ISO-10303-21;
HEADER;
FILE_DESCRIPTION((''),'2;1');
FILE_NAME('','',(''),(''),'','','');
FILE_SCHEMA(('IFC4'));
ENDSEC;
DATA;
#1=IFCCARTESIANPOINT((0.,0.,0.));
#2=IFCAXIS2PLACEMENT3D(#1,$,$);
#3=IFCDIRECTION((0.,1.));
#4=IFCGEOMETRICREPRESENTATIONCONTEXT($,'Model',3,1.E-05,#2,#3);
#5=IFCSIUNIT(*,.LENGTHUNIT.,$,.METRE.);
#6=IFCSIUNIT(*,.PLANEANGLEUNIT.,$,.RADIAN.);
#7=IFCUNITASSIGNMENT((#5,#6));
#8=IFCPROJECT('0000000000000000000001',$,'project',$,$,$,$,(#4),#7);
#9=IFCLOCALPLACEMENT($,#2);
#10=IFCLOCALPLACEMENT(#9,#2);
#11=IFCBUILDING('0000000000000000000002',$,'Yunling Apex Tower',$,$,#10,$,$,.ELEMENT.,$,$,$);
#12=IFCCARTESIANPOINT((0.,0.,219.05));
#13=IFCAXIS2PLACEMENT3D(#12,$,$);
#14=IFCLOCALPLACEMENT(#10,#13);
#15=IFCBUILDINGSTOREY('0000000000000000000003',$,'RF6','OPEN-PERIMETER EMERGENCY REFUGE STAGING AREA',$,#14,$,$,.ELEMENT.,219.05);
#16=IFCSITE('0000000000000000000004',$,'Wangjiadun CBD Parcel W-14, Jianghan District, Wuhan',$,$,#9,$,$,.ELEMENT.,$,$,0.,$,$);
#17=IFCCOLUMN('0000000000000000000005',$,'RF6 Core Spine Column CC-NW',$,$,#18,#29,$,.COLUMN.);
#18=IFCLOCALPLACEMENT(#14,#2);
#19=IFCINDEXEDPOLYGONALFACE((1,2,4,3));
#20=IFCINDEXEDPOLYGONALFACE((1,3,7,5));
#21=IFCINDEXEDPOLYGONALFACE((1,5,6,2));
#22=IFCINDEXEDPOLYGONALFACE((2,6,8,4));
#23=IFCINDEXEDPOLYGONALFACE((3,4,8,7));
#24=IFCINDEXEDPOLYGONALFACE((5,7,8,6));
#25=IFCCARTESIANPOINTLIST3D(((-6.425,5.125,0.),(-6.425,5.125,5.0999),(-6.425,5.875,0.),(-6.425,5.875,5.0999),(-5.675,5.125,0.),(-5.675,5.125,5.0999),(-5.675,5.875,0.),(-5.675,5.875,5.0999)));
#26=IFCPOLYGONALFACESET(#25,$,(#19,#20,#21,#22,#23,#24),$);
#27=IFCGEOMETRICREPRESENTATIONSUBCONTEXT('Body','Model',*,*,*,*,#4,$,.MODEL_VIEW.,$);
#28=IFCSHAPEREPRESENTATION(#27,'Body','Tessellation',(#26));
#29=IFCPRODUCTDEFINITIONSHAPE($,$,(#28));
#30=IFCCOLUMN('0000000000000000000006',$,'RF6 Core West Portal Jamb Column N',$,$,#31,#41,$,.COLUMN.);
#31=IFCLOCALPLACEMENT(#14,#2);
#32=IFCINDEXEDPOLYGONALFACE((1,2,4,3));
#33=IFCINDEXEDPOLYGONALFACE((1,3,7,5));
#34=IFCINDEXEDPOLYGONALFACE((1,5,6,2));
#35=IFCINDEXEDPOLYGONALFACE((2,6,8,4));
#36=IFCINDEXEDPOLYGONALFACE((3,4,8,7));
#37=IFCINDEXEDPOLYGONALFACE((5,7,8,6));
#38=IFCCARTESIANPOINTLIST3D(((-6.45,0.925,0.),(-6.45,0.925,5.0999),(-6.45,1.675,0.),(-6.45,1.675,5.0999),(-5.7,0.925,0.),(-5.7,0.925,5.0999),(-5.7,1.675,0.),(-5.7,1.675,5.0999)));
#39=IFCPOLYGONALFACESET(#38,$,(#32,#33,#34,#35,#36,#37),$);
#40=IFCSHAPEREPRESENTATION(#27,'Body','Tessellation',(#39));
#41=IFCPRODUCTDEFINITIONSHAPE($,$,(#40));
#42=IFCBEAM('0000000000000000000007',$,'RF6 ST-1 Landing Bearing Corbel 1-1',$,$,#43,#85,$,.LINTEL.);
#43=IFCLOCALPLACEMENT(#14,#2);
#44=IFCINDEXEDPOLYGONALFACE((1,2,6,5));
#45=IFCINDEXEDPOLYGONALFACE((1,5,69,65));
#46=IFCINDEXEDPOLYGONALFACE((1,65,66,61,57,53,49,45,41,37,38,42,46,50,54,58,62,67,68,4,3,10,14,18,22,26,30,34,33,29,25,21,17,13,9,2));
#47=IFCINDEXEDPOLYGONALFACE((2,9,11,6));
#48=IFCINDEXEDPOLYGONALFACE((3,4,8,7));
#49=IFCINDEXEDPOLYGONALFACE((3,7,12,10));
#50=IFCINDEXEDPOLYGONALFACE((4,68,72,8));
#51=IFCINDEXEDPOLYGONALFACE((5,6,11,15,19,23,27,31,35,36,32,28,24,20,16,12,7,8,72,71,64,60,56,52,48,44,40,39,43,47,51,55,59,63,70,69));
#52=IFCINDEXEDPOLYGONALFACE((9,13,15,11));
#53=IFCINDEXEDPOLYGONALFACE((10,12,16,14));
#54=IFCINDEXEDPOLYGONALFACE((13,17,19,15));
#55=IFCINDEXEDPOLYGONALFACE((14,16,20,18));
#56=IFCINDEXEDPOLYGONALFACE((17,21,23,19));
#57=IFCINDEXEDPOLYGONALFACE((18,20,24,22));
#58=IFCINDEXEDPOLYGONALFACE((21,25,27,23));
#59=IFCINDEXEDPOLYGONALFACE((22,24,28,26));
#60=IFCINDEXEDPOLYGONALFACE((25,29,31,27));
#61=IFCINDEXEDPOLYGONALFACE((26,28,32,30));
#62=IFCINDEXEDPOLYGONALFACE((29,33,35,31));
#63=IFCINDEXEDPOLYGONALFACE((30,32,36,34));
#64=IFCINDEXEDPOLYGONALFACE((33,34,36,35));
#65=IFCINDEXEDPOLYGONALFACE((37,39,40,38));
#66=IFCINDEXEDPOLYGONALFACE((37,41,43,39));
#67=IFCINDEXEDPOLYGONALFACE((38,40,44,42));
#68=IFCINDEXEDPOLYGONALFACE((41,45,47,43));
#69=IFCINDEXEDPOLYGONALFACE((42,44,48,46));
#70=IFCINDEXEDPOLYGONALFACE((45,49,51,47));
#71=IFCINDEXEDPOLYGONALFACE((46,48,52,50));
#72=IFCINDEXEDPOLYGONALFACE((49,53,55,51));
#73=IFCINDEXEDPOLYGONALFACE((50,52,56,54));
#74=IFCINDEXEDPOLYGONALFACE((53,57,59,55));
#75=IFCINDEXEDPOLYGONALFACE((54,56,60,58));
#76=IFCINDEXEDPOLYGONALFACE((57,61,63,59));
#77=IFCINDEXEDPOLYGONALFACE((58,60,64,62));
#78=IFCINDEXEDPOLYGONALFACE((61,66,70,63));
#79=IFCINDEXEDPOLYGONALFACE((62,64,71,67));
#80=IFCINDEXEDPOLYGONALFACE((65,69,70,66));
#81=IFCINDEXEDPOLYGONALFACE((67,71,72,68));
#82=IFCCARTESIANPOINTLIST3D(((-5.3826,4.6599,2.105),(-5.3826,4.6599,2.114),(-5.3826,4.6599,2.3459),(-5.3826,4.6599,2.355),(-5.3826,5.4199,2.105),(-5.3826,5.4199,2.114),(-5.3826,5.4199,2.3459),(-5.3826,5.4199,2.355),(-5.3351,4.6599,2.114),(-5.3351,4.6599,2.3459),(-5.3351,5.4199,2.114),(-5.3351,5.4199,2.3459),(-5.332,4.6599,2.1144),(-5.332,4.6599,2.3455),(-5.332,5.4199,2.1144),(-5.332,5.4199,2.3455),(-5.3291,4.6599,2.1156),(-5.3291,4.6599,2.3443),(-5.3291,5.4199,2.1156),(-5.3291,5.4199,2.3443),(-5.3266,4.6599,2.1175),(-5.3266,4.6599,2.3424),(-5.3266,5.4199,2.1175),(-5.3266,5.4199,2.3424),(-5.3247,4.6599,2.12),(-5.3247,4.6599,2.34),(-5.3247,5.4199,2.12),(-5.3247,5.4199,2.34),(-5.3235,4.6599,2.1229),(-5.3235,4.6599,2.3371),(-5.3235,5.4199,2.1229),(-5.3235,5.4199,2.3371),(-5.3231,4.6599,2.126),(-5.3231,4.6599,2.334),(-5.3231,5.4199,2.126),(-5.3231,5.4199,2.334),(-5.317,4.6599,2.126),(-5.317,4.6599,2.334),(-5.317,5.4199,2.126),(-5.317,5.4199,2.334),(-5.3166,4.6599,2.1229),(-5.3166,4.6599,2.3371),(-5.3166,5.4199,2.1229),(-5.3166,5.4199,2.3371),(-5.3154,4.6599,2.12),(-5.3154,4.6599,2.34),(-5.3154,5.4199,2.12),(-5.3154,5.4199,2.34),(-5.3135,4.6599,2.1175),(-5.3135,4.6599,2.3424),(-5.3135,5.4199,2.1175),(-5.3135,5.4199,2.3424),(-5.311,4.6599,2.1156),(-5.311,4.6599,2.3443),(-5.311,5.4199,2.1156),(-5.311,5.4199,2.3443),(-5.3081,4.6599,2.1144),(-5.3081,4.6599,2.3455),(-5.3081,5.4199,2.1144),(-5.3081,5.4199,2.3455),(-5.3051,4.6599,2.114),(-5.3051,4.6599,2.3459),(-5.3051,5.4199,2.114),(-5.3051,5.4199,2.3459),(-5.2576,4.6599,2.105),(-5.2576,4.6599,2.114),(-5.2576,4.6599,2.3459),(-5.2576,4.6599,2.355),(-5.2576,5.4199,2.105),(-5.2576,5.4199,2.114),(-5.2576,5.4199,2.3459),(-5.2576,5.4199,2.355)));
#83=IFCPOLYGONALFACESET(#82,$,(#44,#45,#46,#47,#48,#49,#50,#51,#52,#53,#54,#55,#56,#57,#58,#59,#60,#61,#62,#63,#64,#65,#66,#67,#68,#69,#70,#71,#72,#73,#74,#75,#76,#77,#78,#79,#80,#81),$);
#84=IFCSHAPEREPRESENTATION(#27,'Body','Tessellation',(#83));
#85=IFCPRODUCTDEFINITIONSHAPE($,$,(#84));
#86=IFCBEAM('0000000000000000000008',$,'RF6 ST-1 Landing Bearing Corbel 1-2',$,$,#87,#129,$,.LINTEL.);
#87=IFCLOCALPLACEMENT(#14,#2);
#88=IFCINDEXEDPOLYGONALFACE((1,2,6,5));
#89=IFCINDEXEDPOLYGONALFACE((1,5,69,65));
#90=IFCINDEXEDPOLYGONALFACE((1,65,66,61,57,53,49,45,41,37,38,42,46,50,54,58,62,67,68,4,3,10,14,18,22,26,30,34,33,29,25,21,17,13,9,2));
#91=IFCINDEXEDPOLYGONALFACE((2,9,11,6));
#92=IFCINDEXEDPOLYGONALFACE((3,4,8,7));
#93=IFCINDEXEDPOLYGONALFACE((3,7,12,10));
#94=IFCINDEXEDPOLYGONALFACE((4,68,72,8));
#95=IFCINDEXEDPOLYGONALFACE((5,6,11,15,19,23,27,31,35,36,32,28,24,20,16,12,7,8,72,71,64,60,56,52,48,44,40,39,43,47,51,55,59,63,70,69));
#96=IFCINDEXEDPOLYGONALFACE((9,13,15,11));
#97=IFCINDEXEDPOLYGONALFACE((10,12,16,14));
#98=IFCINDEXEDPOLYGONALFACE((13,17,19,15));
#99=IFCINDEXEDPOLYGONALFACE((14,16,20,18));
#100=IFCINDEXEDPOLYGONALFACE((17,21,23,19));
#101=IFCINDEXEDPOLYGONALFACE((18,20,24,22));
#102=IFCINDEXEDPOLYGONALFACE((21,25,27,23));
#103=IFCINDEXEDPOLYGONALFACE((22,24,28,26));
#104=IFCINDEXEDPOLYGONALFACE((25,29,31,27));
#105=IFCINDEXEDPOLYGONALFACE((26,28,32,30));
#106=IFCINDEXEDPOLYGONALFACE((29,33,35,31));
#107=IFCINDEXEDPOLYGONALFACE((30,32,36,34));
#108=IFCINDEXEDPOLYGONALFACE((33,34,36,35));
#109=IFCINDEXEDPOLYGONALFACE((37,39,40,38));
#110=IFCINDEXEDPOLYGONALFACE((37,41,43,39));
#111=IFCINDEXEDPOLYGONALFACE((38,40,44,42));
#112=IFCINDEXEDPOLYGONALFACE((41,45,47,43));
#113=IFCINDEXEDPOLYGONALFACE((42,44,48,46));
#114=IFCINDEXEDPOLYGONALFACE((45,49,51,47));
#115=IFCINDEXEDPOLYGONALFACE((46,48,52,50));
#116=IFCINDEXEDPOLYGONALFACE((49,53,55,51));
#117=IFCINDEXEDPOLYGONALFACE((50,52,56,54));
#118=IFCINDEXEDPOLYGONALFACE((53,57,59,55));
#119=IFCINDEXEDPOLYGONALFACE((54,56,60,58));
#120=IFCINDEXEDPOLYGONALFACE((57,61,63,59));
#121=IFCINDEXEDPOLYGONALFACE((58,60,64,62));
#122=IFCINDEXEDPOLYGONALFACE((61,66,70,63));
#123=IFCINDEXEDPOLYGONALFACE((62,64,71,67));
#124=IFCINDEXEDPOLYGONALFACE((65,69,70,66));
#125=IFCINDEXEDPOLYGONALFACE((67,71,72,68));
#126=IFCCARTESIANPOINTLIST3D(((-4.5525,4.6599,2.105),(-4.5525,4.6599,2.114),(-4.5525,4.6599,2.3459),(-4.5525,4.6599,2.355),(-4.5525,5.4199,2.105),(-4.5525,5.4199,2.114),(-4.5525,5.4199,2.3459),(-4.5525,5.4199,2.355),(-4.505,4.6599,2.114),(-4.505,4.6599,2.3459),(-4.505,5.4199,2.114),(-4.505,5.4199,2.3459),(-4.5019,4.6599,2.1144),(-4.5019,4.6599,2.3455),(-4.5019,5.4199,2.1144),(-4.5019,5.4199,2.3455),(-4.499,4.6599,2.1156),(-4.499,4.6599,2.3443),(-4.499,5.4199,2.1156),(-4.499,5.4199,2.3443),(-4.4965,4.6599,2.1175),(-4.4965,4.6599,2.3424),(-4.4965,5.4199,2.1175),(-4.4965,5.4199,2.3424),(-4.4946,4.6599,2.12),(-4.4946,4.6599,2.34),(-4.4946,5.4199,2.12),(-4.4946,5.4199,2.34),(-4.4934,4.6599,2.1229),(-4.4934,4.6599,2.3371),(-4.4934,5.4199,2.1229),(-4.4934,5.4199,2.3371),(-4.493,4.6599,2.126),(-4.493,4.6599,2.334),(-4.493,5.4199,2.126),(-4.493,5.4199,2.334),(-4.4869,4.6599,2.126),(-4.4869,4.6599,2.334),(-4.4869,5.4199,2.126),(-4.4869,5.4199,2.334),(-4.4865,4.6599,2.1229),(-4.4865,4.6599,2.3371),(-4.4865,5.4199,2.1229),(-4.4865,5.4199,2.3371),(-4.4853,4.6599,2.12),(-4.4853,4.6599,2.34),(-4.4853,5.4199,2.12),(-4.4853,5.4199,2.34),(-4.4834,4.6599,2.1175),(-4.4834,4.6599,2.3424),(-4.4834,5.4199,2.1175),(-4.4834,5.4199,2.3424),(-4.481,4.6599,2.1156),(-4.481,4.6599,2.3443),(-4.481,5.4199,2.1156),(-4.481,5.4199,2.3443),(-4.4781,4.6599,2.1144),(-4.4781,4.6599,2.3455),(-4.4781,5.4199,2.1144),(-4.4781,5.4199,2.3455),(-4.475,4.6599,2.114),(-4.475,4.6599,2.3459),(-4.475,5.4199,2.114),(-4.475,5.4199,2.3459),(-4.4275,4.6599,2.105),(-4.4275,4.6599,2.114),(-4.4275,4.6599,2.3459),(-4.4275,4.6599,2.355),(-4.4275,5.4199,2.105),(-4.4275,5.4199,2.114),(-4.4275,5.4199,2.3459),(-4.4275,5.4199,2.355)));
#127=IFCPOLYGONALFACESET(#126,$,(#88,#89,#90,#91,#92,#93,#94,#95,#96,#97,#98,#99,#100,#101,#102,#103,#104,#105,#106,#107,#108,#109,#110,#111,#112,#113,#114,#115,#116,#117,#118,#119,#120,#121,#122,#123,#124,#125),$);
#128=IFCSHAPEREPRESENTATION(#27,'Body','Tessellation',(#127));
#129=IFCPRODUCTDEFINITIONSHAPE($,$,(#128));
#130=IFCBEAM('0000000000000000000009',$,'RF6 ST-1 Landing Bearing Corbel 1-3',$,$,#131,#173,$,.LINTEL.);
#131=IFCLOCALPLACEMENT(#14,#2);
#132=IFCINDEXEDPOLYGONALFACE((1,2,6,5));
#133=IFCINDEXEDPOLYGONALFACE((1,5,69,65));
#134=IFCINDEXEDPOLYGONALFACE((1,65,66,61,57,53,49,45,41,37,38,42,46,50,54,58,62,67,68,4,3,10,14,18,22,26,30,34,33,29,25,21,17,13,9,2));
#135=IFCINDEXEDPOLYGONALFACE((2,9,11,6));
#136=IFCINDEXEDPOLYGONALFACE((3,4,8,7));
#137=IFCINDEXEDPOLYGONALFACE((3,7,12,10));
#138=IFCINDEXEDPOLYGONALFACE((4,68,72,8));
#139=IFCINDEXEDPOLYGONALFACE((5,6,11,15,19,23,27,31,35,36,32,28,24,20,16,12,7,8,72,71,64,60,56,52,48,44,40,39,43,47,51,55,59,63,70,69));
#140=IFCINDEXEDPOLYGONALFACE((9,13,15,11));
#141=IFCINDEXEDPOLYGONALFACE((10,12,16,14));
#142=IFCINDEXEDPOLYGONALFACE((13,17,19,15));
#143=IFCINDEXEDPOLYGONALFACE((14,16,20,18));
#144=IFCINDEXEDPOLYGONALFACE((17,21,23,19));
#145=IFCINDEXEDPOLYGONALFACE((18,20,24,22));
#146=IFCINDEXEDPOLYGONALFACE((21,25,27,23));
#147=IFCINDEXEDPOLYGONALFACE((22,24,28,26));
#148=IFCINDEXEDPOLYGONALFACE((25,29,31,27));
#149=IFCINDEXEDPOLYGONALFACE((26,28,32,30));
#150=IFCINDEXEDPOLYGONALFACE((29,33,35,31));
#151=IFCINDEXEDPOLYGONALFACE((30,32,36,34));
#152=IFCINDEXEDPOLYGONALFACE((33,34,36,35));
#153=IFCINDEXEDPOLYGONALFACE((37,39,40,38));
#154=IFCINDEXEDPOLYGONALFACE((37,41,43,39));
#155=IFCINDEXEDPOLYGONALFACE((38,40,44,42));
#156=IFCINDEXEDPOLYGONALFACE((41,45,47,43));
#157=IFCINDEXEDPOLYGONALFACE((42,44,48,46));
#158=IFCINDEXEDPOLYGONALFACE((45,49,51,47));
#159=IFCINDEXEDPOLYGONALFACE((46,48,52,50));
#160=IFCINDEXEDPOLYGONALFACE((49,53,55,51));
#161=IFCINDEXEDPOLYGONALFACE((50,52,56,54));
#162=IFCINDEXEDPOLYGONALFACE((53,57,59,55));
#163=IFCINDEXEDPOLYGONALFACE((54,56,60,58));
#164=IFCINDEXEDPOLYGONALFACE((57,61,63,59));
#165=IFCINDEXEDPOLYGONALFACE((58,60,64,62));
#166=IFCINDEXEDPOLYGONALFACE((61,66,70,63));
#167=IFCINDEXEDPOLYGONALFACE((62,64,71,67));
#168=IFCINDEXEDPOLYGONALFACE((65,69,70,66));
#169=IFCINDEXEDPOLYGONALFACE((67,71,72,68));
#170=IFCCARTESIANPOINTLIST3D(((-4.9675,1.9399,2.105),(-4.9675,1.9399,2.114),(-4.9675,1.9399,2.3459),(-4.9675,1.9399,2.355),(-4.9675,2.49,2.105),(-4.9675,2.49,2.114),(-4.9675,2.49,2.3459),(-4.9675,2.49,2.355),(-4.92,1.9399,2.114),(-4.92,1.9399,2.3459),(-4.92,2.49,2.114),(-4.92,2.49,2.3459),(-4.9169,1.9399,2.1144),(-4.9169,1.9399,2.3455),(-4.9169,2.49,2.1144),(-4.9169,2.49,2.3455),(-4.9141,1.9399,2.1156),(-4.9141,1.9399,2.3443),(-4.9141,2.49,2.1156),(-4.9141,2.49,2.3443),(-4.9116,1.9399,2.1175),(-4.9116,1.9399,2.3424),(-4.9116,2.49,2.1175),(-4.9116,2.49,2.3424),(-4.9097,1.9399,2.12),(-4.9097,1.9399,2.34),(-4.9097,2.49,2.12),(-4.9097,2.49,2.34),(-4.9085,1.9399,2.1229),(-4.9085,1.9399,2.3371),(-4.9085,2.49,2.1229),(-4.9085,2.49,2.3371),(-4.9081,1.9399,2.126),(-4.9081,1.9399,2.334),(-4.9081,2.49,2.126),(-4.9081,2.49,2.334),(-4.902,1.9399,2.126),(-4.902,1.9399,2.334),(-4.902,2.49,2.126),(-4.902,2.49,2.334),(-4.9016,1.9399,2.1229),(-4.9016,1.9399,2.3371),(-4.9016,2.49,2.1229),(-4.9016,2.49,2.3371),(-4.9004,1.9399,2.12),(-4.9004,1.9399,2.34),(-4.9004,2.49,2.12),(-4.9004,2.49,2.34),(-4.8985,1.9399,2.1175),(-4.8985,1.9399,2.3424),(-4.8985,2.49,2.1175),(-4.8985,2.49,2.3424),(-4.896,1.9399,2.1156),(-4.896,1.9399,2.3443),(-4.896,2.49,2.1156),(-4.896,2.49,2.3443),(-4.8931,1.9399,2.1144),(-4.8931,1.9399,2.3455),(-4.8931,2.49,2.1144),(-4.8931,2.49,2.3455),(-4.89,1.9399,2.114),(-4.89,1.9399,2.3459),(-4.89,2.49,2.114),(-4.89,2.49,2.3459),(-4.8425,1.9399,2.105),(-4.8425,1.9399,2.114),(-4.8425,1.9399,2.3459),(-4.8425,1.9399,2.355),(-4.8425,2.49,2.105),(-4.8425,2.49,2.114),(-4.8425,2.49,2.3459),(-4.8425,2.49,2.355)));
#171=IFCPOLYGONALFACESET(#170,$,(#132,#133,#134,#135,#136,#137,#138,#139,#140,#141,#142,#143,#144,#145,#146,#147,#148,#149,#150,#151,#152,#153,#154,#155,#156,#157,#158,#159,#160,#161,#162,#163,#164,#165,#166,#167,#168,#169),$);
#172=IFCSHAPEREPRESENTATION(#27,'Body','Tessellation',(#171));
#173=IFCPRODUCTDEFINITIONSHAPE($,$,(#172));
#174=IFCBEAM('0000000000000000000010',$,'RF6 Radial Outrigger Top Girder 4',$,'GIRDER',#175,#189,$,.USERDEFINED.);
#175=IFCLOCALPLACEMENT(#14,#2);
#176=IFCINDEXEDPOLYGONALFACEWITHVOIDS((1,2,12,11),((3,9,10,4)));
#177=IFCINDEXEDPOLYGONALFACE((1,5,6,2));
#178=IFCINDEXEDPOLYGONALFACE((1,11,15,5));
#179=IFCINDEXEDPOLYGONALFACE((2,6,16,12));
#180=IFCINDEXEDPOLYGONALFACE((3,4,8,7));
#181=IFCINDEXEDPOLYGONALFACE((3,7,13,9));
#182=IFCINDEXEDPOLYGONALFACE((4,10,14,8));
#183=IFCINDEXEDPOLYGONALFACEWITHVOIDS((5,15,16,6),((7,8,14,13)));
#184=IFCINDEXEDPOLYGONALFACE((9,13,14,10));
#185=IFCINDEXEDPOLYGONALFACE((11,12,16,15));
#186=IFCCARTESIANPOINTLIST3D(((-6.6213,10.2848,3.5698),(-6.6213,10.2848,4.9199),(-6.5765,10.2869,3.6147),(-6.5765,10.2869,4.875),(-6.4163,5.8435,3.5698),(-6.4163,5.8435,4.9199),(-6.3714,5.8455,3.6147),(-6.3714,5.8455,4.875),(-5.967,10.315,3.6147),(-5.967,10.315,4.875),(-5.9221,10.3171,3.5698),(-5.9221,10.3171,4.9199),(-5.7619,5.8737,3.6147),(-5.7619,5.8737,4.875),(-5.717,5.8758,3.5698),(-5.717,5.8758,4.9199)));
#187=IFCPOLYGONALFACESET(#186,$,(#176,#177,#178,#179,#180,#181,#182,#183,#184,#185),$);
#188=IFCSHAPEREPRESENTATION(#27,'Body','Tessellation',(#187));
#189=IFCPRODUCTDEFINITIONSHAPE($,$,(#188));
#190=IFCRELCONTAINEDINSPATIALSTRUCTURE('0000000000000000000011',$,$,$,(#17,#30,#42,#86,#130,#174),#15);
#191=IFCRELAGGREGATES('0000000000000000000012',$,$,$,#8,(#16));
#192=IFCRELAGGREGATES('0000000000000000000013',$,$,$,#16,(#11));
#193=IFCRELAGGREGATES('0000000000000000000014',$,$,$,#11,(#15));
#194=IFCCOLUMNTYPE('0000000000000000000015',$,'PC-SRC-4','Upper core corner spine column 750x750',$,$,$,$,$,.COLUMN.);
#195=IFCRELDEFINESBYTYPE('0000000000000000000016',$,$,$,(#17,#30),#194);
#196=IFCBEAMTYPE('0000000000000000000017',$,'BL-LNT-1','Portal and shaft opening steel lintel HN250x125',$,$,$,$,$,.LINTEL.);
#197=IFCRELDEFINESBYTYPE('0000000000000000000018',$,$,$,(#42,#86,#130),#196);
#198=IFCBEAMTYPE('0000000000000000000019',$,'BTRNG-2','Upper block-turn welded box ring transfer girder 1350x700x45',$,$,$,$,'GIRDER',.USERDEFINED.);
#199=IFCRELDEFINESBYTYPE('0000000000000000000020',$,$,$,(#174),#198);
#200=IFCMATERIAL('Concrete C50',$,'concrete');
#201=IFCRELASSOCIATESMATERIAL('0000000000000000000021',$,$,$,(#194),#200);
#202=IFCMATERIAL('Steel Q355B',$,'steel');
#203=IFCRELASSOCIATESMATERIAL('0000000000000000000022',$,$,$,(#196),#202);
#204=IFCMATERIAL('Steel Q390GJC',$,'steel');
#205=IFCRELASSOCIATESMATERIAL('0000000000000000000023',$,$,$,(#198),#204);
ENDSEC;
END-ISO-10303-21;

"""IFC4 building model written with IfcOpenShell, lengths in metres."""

from ifc_helpers import new_model, si_unit, direction, frame, origin, origin_2d, place, context, subcontext, project, spatial, rectangle, hollow_rectangle, i_section, extrude, source, transform, mapped, material, material_profile, profile_set, type_object, element, save


model = new_model("IFC4")

# Units and contexts
model_context = context("Model", 3, precision=1e-05, world=origin(), true_north=direction((0.0, 1.0)))
body_context = subcontext(model_context, "Body", "Model", "MODEL_VIEW")
ifc_project = project(units=[si_unit("LENGTHUNIT", "METRE"), si_unit("PLANEANGLEUNIT", "RADIAN")], contexts=[model_context])

# Site, building, storey
site_placement = place(None, origin())
site = spatial("IfcSite", under=ifc_project, at=site_placement, Name="Wangjiadun CBD Parcel W-14, Jianghan District, Wuhan", CompositionType="ELEMENT", RefElevation=0.0)
building_placement = place(site_placement, origin())
building = spatial("IfcBuilding", under=site, at=building_placement, Name="Yunling Apex Tower", CompositionType="ELEMENT")
storey_placement = place(building_placement, frame((0.0, 0.0, 219.05)))
storey = spatial("IfcBuildingStorey", under=building, at=storey_placement, Name="RF6", Description="OPEN-PERIMETER EMERGENCY REFUGE STAGING AREA", CompositionType="ELEMENT", Elevation=219.05)

# Columns
ifc_material_1 = material(Name="Concrete C50", Category="concrete")
ifc_material_profile_1 = material_profile(ifc_material_1, rectangle(XDim=0.75, YDim=0.75, at=origin_2d()))
ifc_profile_set_1 = profile_set([ifc_material_profile_1], Name="Concrete C50")
column_type = type_object("IfcColumnType", Name="PC-SRC-4", Description="Upper core corner spine column 750x750", PredefinedType="COLUMN", material=ifc_profile_set_1)
shared_shape_1 = source(origin(), body_context, "Body", "SweptSolid", [
    extrude(rectangle(XDim=0.75, YDim=0.75, at=origin_2d()), origin(), (0.0, 0.0, 1.0), 5.0999),
])
for number, where, z_axis, x_axis, name in (
    (1, (-6.05, 5.5, 0.0), (0.0, 0.0, 1.0), (1.0, 0.0, 0.0), "RF6 Core Spine Column CC-NW"),
    (2, (-6.075, 1.3, 0.0), (0.0, 0.0, 1.0), (1.0, 0.0, 0.0), "RF6 Core West Portal Jamb Column N"),
):
    element("IfcColumn", number, at=place(storey_placement, frame(where, z_axis=z_axis, x_axis=x_axis)), inside=storey, type_object=column_type, Name=name, PredefinedType="COLUMN", context=body_context, shape_type="MappedRepresentation", body=[
        mapped(shared_shape_1, transform((0.0, 0.0, 0.0), scale=1.0)),
    ])

# Beams
ifc_material_2 = material(Name="Steel Q355B", Category="steel")
ifc_material_profile_2 = material_profile(ifc_material_2, i_section(OverallWidth=0.125, OverallDepth=0.25, WebThickness=0.0061, FlangeThickness=0.009, FilletRadius=0.012, at=origin_2d()))
ifc_profile_set_2 = profile_set([ifc_material_profile_2], Name="Steel Q355B")
beam_type_1 = type_object("IfcBeamType", Name="BL-LNT-1", Description="Portal and shaft opening steel lintel HN250x125", PredefinedType="LINTEL", material=ifc_profile_set_2)
shared_shape_2 = source(origin(), body_context, "Body", "SweptSolid", [
    extrude(i_section(OverallWidth=0.125, OverallDepth=0.25, WebThickness=0.0061, FlangeThickness=0.009, FilletRadius=0.012, at=origin_2d()), origin(), (0.0, 0.0, 1.0), 0.76),
])
for number, where, z_axis, x_axis, name in (
    (3, (-5.3201, 5.4199, 2.23), (0.0, -1.0, 0.0), (1.0, 0.0, 0.0), "RF6 ST-1 Landing Bearing Corbel 1-1"),
    (4, (-4.49, 5.4199, 2.23), (0.0, -1.0, 0.0), (1.0, 0.0, 0.0), "RF6 ST-1 Landing Bearing Corbel 1-2"),
):
    element("IfcBeam", number, at=place(storey_placement, frame(where, z_axis=z_axis, x_axis=x_axis)), inside=storey, type_object=beam_type_1, Name=name, PredefinedType="LINTEL", context=body_context, shape_type="MappedRepresentation", body=[
        mapped(shared_shape_2, transform((0.0, 0.0, 0.0), scale=1.0)),
    ])
shared_shape_3 = source(origin(), body_context, "Body", "SweptSolid", [
    extrude(i_section(OverallWidth=0.125, OverallDepth=0.25, WebThickness=0.0061, FlangeThickness=0.009, FilletRadius=0.012, at=origin_2d()), origin(), (0.0, 0.0, 1.0), 0.55),
])
beam_1_placement = place(storey_placement, frame((-4.905, 1.9399, 2.23), z_axis=(0.0, 1.0, 0.0), x_axis=(-1.0, 0.0, 0.0)))
element("IfcBeam", 5, at=beam_1_placement, inside=storey, type_object=beam_type_1, Name="RF6 ST-1 Landing Bearing Corbel 1-3", PredefinedType="LINTEL", context=body_context, shape_type="MappedRepresentation", body=[
    mapped(shared_shape_3, transform((0.0, 0.0, 0.0), scale=1.0)),
])
ifc_material_3 = material(Name="Steel Q390GJC", Category="steel")
ifc_material_profile_3 = material_profile(ifc_material_3, hollow_rectangle(XDim=0.7, YDim=1.3501, WallThickness=0.0449, at=origin_2d()))
ifc_profile_set_3 = profile_set([ifc_material_profile_3], Name="Steel Q390GJC")
beam_type_2 = type_object("IfcBeamType", Name="BTRNG-2", Description="Upper block-turn welded box ring transfer girder 1350x700x45", ElementType="GIRDER", PredefinedType="USERDEFINED", material=ifc_profile_set_3)
shared_shape_4 = source(origin(), body_context, "Body", "SweptSolid", [
    extrude(hollow_rectangle(XDim=0.7, YDim=1.3501, WallThickness=0.0449, at=origin_2d()), origin(), (0.0, 0.0, 1.0), 4.446),
])
beam_2_placement = place(storey_placement, frame((-6.0667, 5.8596, 4.2449), z_axis=(-0.046125, 0.998936, 0.0), x_axis=(-0.998936, -0.046125, 0.0)))
element("IfcBeam", 6, at=beam_2_placement, inside=storey, type_object=beam_type_2, Name="RF6 Radial Outrigger Top Girder 4", ObjectType="GIRDER", PredefinedType="USERDEFINED", context=body_context, shape_type="MappedRepresentation", body=[
    mapped(shared_shape_4, transform((0.0, 0.0, 0.0), scale=1.0)),
])

save(model, "model.ifc")
